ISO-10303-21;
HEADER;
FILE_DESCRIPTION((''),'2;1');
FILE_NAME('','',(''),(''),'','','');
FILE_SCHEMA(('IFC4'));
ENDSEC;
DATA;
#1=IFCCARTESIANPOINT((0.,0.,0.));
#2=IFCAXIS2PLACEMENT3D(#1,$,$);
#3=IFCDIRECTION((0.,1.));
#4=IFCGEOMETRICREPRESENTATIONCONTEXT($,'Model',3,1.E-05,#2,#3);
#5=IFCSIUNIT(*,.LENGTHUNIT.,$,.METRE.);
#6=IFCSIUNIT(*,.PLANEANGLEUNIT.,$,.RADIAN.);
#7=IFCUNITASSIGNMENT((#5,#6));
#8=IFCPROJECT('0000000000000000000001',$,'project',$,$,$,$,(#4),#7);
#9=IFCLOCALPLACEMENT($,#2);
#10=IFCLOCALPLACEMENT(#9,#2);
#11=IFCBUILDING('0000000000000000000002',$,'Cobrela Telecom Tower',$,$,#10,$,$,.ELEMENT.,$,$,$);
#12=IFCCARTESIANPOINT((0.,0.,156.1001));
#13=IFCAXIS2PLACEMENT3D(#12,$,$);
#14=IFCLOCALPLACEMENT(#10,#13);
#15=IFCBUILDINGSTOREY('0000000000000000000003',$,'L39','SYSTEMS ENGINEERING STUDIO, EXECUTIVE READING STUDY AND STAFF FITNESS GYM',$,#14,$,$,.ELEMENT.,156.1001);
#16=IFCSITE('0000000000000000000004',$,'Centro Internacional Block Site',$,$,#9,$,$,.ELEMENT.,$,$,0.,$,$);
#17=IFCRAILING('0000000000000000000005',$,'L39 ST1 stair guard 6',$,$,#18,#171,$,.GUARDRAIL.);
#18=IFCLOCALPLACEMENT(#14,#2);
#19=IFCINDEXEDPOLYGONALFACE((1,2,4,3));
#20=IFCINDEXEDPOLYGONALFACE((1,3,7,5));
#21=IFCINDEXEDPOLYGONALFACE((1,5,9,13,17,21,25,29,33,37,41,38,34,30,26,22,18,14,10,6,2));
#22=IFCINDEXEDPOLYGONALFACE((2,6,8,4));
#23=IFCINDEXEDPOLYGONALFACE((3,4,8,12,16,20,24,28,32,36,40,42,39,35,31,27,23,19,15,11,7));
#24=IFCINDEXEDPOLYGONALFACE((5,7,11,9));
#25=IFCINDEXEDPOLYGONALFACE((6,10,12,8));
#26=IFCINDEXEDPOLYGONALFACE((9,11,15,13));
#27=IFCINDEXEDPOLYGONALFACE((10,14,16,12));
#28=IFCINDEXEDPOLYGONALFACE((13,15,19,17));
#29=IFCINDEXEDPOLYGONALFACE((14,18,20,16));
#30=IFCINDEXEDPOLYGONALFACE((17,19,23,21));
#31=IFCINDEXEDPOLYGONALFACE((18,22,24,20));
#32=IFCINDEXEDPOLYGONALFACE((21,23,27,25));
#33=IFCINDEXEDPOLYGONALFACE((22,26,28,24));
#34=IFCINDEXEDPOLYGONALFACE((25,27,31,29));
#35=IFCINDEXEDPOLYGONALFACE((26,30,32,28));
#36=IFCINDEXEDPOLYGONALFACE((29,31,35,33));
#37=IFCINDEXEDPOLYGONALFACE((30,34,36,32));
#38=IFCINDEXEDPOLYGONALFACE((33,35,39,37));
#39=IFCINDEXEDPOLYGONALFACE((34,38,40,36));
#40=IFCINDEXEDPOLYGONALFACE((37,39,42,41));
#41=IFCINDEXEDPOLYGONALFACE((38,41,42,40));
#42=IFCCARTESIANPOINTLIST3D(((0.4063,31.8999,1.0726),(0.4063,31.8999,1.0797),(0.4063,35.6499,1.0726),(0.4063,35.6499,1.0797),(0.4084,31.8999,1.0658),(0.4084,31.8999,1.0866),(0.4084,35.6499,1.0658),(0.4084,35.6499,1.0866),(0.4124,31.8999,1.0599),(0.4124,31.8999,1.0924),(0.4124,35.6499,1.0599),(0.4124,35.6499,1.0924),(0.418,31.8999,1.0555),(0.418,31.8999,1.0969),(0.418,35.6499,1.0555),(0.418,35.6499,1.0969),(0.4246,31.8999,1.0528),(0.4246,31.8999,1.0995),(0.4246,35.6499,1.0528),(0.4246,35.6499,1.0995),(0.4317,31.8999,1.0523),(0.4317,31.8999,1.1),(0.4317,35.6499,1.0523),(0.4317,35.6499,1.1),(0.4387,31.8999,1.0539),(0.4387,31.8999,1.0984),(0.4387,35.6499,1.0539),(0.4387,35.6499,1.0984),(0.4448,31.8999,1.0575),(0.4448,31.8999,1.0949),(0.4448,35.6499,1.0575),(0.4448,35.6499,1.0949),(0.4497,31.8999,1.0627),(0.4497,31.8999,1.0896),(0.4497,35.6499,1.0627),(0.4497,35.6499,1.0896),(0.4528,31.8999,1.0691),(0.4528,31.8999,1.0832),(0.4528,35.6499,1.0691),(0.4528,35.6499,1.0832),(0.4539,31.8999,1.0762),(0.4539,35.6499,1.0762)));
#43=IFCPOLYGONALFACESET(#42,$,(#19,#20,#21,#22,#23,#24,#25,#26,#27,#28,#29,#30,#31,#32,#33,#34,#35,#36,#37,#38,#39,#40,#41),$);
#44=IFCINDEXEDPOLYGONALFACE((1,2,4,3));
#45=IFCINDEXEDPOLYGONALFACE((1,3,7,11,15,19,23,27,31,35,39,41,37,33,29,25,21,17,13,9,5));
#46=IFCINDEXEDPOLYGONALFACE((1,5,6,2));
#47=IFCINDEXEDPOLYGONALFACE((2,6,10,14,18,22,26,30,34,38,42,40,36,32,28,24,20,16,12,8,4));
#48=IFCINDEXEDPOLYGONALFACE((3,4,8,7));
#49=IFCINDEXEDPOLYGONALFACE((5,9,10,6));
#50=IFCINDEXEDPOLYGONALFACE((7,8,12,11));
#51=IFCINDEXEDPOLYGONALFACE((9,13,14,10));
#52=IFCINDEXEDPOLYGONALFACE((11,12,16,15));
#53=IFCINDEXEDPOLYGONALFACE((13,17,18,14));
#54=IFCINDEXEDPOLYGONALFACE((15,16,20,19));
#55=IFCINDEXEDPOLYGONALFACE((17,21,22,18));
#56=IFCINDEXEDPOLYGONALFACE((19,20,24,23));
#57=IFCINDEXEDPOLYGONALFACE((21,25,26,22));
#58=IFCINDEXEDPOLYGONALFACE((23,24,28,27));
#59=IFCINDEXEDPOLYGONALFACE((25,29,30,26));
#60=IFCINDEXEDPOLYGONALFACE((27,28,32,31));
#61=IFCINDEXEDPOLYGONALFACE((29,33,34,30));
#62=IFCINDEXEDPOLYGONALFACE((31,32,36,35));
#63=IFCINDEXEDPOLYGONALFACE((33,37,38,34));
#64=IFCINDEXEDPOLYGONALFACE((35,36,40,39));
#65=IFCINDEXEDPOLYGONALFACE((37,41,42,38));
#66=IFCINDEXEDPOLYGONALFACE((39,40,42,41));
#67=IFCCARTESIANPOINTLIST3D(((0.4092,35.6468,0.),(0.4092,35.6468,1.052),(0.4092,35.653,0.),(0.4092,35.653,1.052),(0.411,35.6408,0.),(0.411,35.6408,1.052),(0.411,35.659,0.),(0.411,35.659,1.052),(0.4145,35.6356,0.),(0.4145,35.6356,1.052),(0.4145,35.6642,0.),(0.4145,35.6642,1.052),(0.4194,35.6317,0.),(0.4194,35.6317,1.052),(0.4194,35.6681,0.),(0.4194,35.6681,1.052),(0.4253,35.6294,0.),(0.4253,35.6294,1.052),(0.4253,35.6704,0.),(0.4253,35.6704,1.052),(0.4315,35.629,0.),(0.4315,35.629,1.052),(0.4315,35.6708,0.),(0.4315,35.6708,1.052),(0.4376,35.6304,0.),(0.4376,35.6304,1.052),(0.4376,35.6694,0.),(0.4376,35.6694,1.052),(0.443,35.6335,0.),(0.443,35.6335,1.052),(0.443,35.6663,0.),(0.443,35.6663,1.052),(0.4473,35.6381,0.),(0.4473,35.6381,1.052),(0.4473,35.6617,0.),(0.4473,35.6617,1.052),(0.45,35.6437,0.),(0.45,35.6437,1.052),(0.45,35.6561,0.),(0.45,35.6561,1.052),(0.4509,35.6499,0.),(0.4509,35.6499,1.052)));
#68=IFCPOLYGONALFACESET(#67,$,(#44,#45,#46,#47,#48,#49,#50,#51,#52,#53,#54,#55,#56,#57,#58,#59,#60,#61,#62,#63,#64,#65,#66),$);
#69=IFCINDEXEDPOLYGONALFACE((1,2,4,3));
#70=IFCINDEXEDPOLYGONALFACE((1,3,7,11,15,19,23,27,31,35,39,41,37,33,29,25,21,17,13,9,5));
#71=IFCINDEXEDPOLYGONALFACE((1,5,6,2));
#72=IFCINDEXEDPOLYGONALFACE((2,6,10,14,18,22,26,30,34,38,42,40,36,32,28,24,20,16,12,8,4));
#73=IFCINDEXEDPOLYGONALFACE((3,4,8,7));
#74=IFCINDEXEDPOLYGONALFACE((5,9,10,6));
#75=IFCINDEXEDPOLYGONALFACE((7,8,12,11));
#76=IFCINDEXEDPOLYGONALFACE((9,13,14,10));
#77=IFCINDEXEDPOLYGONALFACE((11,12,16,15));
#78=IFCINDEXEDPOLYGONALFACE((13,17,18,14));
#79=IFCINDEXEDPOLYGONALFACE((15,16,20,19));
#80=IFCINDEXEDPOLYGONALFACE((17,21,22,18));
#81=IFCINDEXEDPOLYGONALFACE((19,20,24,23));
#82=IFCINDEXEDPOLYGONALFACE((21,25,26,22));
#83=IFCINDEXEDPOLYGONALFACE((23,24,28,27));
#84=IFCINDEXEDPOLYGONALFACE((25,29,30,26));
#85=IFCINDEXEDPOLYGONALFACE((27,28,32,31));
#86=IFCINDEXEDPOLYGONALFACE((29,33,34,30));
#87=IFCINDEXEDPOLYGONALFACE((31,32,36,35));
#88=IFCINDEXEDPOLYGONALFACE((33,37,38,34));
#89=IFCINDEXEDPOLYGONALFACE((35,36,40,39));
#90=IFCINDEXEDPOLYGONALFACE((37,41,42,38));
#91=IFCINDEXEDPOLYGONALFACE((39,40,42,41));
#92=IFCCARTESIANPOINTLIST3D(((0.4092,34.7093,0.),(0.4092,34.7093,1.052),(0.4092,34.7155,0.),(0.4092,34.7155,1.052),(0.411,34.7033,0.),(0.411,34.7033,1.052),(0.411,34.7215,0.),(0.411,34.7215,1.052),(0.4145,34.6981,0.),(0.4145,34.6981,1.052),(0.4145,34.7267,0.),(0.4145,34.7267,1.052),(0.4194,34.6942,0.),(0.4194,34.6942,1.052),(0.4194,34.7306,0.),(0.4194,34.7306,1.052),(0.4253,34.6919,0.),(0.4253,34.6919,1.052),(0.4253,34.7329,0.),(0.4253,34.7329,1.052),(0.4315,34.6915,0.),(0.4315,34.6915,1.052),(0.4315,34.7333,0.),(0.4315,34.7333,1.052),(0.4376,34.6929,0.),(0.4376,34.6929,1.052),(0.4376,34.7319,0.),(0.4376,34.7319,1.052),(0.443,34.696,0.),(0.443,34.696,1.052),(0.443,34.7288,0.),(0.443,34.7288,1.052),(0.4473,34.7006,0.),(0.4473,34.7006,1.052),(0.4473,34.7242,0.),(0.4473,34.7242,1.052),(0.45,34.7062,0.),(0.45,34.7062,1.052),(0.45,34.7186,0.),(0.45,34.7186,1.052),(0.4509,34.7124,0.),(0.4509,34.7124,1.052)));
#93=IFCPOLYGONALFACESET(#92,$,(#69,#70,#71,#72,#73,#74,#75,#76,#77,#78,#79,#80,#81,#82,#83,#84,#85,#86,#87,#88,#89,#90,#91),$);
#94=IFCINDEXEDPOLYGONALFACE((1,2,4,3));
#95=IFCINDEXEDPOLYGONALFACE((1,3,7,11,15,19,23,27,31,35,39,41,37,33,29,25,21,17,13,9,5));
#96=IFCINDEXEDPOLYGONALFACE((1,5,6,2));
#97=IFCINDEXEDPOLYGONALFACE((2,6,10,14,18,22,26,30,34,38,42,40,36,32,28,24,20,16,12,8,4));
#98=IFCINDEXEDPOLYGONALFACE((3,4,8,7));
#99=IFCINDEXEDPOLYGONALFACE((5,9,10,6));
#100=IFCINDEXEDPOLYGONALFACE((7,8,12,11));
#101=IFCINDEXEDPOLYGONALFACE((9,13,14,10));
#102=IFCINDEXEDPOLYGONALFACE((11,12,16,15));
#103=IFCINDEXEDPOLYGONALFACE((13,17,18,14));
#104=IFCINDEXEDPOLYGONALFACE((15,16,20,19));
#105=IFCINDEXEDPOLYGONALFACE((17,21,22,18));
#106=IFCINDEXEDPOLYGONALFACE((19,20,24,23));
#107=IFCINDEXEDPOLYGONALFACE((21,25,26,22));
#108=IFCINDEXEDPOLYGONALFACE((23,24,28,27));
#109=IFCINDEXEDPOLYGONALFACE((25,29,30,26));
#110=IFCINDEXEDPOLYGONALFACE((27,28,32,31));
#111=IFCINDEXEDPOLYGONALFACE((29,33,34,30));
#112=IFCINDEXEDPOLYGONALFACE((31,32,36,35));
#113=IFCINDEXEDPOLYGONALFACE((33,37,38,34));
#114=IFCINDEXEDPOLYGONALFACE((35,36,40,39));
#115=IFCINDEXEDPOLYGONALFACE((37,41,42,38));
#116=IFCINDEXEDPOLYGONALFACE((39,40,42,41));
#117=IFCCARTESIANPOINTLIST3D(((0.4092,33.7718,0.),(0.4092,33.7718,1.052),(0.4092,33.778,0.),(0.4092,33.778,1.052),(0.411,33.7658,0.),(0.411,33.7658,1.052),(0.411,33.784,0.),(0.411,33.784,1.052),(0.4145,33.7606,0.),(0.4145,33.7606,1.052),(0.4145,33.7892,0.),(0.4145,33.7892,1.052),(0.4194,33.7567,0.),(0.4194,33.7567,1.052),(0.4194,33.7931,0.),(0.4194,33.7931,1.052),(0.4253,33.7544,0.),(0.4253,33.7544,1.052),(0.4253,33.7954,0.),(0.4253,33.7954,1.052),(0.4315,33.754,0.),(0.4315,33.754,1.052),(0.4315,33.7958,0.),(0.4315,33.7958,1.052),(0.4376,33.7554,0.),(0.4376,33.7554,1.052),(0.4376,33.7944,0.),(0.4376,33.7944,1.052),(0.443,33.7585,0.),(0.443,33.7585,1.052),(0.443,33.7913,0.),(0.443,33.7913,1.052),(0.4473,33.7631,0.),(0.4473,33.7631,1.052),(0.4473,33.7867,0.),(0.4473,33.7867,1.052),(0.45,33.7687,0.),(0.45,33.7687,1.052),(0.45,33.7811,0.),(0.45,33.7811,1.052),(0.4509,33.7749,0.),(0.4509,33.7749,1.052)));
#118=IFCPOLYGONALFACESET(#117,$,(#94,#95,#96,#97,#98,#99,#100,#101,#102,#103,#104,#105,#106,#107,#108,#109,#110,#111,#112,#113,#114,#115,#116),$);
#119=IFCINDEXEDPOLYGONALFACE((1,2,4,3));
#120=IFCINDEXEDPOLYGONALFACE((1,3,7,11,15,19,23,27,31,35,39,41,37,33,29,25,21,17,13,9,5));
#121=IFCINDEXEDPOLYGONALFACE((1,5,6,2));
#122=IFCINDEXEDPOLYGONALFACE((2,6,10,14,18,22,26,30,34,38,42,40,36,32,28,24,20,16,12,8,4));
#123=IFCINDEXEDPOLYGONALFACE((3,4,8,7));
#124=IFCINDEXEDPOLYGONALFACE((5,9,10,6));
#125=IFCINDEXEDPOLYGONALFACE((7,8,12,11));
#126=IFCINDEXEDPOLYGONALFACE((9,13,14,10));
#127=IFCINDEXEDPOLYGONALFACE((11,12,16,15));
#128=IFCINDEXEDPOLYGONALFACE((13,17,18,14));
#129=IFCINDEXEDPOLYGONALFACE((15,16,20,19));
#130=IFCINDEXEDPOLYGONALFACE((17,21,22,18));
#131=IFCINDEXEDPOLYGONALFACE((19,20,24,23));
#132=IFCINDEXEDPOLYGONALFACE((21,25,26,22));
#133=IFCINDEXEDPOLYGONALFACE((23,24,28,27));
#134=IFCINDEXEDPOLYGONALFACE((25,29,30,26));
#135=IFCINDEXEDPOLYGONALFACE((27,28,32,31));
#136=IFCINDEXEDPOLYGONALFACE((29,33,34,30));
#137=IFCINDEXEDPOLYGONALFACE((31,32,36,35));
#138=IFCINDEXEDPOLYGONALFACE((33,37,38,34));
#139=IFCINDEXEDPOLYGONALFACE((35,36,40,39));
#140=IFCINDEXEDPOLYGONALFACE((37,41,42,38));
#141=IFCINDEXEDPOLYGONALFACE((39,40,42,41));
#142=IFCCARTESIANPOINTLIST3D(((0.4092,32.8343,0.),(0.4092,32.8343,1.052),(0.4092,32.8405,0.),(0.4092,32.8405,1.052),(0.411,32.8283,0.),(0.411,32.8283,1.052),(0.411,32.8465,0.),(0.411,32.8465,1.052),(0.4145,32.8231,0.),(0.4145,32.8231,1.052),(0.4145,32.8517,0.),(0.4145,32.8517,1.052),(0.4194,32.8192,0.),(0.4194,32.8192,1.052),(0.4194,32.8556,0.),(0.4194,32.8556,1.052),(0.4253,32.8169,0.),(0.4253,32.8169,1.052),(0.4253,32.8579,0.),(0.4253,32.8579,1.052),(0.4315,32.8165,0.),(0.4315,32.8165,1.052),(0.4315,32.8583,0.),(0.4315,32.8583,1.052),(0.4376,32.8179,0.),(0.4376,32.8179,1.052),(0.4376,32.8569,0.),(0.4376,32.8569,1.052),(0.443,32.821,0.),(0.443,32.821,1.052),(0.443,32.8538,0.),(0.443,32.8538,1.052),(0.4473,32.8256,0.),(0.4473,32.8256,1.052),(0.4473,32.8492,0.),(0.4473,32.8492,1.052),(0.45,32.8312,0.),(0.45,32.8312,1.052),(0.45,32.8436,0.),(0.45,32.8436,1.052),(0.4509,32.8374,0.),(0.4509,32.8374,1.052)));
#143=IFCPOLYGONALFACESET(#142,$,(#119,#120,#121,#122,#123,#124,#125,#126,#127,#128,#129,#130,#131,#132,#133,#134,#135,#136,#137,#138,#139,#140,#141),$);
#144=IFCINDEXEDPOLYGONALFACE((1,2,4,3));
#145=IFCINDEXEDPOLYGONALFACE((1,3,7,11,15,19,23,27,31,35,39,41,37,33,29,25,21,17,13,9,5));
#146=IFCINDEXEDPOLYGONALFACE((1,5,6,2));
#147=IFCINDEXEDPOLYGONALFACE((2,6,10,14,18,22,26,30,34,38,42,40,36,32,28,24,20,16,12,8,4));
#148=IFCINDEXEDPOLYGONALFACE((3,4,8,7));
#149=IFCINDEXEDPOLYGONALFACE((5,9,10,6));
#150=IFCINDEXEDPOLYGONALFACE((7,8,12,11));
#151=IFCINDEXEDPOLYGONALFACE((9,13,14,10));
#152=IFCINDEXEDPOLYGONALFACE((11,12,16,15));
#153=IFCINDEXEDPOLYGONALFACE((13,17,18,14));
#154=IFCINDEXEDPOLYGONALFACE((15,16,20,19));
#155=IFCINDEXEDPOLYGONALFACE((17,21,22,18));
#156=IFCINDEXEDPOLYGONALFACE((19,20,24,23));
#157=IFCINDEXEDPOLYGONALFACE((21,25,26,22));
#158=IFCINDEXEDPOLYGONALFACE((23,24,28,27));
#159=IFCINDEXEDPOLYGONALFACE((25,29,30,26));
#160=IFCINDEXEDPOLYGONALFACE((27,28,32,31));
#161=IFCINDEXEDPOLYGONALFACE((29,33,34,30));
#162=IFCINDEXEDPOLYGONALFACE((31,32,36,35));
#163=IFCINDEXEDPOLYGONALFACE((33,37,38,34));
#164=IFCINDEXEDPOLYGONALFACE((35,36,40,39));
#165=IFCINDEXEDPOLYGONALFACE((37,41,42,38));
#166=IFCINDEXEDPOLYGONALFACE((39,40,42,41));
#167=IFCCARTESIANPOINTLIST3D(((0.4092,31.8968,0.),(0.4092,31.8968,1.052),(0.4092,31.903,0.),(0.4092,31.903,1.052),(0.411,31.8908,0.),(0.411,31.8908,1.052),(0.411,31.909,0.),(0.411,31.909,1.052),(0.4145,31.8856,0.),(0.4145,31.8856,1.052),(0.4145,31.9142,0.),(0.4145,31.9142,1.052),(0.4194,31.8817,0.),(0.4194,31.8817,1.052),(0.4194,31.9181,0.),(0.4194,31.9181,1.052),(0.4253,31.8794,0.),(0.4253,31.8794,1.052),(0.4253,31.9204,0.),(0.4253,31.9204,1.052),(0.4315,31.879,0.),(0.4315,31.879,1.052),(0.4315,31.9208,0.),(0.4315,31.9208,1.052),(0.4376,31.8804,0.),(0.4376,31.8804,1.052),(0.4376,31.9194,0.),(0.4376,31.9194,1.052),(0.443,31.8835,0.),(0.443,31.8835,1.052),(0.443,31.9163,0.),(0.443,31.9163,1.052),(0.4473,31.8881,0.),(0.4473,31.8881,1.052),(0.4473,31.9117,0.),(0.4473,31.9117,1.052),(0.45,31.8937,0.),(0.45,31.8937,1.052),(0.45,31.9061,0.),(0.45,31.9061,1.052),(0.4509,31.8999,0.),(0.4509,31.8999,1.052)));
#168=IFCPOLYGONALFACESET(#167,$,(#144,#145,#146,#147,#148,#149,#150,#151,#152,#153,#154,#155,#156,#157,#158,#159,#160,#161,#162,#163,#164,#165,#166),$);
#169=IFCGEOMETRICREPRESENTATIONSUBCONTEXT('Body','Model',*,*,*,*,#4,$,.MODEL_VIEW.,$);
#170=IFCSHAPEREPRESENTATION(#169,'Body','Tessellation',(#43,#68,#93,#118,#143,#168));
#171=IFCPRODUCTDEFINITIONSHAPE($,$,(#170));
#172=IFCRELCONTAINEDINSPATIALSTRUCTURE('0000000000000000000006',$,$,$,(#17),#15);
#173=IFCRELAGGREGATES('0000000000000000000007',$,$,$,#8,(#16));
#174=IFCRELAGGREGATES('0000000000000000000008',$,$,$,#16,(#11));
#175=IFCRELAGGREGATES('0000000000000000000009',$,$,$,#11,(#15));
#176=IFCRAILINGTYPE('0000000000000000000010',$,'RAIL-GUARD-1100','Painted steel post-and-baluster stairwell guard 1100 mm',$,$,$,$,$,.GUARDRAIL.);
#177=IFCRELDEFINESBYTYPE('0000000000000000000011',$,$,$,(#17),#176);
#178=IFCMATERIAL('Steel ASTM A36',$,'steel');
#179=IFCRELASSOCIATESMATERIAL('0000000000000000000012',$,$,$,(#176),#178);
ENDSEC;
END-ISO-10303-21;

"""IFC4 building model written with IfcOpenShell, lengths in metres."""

from ifc_helpers import new_model, si_unit, direction, frame, origin, origin_2d, place, context, subcontext, project, spatial, circle, extrude, material, type_object, element, save


model = new_model("IFC4")

# Units and contexts
model_context = context("Model", 3, precision=1e-05, world=origin(), true_north=direction((0.0, 1.0)))
body_context = subcontext(model_context, "Body", "Model", "MODEL_VIEW")
ifc_project = project(units=[si_unit("LENGTHUNIT", "METRE"), si_unit("PLANEANGLEUNIT", "RADIAN")], contexts=[model_context])

# Site, building, storey
site_placement = place(None, origin())
site = spatial("IfcSite", under=ifc_project, at=site_placement, Name="Centro Internacional Block Site", CompositionType="ELEMENT", RefElevation=0.0)
building_placement = place(site_placement, origin())
building = spatial("IfcBuilding", under=site, at=building_placement, Name="Cobrela Telecom Tower", CompositionType="ELEMENT")
storey_placement = place(building_placement, frame((0.0, 0.0, 156.1001)))
storey = spatial("IfcBuildingStorey", under=building, at=storey_placement, Name="L39", Description="SYSTEMS ENGINEERING STUDIO, EXECUTIVE READING STUDY AND STAFF FITNESS GYM", CompositionType="ELEMENT", Elevation=156.1001)

# Shared definitions
ifc_material_1 = material(Name="Steel ASTM A36", Category="steel")

# Railing
railing_type_1 = type_object("IfcRailingType", Name="RAIL-GUARD-1100", Description="Painted steel post-and-baluster stairwell guard 1100 mm", PredefinedType="GUARDRAIL", material=ifc_material_1)
railing_1_placement = place(storey_placement, frame((0.4299, 35.6499, 0.0)))
element("IfcRailing", 1, at=railing_1_placement, inside=storey, type_object=railing_type_1, Name="L39 ST1 stair guard 6", PredefinedType="GUARDRAIL", context=body_context, shape_type="SweptSolid", body=[
    extrude(circle(Radius=0.0239, at=origin_2d()), frame((0.0, 0.0, 1.0762), z_axis=(0.0, -1.0, 0.0), x_axis=(1.0, 0.0, 0.0)), (0.0, 0.0, 1.0), 3.75),
    extrude(circle(Radius=0.021, at=origin_2d()), origin(), (0.0, 0.0, 1.0), 1.052),
    extrude(circle(Radius=0.021, at=origin_2d()), frame((0.0, -0.9375, 0.0)), (0.0, 0.0, 1.0), 1.052),
    extrude(circle(Radius=0.021, at=origin_2d()), frame((0.0, -1.875, 0.0)), (0.0, 0.0, 1.0), 1.052),
    extrude(circle(Radius=0.021, at=origin_2d()), frame((0.0, -2.8125, 0.0)), (0.0, 0.0, 1.0), 1.052),
    extrude(circle(Radius=0.021, at=origin_2d()), frame((0.0, -3.75, 0.0)), (0.0, 0.0, 1.0), 1.052),
])

save(model, "model.ifc")
